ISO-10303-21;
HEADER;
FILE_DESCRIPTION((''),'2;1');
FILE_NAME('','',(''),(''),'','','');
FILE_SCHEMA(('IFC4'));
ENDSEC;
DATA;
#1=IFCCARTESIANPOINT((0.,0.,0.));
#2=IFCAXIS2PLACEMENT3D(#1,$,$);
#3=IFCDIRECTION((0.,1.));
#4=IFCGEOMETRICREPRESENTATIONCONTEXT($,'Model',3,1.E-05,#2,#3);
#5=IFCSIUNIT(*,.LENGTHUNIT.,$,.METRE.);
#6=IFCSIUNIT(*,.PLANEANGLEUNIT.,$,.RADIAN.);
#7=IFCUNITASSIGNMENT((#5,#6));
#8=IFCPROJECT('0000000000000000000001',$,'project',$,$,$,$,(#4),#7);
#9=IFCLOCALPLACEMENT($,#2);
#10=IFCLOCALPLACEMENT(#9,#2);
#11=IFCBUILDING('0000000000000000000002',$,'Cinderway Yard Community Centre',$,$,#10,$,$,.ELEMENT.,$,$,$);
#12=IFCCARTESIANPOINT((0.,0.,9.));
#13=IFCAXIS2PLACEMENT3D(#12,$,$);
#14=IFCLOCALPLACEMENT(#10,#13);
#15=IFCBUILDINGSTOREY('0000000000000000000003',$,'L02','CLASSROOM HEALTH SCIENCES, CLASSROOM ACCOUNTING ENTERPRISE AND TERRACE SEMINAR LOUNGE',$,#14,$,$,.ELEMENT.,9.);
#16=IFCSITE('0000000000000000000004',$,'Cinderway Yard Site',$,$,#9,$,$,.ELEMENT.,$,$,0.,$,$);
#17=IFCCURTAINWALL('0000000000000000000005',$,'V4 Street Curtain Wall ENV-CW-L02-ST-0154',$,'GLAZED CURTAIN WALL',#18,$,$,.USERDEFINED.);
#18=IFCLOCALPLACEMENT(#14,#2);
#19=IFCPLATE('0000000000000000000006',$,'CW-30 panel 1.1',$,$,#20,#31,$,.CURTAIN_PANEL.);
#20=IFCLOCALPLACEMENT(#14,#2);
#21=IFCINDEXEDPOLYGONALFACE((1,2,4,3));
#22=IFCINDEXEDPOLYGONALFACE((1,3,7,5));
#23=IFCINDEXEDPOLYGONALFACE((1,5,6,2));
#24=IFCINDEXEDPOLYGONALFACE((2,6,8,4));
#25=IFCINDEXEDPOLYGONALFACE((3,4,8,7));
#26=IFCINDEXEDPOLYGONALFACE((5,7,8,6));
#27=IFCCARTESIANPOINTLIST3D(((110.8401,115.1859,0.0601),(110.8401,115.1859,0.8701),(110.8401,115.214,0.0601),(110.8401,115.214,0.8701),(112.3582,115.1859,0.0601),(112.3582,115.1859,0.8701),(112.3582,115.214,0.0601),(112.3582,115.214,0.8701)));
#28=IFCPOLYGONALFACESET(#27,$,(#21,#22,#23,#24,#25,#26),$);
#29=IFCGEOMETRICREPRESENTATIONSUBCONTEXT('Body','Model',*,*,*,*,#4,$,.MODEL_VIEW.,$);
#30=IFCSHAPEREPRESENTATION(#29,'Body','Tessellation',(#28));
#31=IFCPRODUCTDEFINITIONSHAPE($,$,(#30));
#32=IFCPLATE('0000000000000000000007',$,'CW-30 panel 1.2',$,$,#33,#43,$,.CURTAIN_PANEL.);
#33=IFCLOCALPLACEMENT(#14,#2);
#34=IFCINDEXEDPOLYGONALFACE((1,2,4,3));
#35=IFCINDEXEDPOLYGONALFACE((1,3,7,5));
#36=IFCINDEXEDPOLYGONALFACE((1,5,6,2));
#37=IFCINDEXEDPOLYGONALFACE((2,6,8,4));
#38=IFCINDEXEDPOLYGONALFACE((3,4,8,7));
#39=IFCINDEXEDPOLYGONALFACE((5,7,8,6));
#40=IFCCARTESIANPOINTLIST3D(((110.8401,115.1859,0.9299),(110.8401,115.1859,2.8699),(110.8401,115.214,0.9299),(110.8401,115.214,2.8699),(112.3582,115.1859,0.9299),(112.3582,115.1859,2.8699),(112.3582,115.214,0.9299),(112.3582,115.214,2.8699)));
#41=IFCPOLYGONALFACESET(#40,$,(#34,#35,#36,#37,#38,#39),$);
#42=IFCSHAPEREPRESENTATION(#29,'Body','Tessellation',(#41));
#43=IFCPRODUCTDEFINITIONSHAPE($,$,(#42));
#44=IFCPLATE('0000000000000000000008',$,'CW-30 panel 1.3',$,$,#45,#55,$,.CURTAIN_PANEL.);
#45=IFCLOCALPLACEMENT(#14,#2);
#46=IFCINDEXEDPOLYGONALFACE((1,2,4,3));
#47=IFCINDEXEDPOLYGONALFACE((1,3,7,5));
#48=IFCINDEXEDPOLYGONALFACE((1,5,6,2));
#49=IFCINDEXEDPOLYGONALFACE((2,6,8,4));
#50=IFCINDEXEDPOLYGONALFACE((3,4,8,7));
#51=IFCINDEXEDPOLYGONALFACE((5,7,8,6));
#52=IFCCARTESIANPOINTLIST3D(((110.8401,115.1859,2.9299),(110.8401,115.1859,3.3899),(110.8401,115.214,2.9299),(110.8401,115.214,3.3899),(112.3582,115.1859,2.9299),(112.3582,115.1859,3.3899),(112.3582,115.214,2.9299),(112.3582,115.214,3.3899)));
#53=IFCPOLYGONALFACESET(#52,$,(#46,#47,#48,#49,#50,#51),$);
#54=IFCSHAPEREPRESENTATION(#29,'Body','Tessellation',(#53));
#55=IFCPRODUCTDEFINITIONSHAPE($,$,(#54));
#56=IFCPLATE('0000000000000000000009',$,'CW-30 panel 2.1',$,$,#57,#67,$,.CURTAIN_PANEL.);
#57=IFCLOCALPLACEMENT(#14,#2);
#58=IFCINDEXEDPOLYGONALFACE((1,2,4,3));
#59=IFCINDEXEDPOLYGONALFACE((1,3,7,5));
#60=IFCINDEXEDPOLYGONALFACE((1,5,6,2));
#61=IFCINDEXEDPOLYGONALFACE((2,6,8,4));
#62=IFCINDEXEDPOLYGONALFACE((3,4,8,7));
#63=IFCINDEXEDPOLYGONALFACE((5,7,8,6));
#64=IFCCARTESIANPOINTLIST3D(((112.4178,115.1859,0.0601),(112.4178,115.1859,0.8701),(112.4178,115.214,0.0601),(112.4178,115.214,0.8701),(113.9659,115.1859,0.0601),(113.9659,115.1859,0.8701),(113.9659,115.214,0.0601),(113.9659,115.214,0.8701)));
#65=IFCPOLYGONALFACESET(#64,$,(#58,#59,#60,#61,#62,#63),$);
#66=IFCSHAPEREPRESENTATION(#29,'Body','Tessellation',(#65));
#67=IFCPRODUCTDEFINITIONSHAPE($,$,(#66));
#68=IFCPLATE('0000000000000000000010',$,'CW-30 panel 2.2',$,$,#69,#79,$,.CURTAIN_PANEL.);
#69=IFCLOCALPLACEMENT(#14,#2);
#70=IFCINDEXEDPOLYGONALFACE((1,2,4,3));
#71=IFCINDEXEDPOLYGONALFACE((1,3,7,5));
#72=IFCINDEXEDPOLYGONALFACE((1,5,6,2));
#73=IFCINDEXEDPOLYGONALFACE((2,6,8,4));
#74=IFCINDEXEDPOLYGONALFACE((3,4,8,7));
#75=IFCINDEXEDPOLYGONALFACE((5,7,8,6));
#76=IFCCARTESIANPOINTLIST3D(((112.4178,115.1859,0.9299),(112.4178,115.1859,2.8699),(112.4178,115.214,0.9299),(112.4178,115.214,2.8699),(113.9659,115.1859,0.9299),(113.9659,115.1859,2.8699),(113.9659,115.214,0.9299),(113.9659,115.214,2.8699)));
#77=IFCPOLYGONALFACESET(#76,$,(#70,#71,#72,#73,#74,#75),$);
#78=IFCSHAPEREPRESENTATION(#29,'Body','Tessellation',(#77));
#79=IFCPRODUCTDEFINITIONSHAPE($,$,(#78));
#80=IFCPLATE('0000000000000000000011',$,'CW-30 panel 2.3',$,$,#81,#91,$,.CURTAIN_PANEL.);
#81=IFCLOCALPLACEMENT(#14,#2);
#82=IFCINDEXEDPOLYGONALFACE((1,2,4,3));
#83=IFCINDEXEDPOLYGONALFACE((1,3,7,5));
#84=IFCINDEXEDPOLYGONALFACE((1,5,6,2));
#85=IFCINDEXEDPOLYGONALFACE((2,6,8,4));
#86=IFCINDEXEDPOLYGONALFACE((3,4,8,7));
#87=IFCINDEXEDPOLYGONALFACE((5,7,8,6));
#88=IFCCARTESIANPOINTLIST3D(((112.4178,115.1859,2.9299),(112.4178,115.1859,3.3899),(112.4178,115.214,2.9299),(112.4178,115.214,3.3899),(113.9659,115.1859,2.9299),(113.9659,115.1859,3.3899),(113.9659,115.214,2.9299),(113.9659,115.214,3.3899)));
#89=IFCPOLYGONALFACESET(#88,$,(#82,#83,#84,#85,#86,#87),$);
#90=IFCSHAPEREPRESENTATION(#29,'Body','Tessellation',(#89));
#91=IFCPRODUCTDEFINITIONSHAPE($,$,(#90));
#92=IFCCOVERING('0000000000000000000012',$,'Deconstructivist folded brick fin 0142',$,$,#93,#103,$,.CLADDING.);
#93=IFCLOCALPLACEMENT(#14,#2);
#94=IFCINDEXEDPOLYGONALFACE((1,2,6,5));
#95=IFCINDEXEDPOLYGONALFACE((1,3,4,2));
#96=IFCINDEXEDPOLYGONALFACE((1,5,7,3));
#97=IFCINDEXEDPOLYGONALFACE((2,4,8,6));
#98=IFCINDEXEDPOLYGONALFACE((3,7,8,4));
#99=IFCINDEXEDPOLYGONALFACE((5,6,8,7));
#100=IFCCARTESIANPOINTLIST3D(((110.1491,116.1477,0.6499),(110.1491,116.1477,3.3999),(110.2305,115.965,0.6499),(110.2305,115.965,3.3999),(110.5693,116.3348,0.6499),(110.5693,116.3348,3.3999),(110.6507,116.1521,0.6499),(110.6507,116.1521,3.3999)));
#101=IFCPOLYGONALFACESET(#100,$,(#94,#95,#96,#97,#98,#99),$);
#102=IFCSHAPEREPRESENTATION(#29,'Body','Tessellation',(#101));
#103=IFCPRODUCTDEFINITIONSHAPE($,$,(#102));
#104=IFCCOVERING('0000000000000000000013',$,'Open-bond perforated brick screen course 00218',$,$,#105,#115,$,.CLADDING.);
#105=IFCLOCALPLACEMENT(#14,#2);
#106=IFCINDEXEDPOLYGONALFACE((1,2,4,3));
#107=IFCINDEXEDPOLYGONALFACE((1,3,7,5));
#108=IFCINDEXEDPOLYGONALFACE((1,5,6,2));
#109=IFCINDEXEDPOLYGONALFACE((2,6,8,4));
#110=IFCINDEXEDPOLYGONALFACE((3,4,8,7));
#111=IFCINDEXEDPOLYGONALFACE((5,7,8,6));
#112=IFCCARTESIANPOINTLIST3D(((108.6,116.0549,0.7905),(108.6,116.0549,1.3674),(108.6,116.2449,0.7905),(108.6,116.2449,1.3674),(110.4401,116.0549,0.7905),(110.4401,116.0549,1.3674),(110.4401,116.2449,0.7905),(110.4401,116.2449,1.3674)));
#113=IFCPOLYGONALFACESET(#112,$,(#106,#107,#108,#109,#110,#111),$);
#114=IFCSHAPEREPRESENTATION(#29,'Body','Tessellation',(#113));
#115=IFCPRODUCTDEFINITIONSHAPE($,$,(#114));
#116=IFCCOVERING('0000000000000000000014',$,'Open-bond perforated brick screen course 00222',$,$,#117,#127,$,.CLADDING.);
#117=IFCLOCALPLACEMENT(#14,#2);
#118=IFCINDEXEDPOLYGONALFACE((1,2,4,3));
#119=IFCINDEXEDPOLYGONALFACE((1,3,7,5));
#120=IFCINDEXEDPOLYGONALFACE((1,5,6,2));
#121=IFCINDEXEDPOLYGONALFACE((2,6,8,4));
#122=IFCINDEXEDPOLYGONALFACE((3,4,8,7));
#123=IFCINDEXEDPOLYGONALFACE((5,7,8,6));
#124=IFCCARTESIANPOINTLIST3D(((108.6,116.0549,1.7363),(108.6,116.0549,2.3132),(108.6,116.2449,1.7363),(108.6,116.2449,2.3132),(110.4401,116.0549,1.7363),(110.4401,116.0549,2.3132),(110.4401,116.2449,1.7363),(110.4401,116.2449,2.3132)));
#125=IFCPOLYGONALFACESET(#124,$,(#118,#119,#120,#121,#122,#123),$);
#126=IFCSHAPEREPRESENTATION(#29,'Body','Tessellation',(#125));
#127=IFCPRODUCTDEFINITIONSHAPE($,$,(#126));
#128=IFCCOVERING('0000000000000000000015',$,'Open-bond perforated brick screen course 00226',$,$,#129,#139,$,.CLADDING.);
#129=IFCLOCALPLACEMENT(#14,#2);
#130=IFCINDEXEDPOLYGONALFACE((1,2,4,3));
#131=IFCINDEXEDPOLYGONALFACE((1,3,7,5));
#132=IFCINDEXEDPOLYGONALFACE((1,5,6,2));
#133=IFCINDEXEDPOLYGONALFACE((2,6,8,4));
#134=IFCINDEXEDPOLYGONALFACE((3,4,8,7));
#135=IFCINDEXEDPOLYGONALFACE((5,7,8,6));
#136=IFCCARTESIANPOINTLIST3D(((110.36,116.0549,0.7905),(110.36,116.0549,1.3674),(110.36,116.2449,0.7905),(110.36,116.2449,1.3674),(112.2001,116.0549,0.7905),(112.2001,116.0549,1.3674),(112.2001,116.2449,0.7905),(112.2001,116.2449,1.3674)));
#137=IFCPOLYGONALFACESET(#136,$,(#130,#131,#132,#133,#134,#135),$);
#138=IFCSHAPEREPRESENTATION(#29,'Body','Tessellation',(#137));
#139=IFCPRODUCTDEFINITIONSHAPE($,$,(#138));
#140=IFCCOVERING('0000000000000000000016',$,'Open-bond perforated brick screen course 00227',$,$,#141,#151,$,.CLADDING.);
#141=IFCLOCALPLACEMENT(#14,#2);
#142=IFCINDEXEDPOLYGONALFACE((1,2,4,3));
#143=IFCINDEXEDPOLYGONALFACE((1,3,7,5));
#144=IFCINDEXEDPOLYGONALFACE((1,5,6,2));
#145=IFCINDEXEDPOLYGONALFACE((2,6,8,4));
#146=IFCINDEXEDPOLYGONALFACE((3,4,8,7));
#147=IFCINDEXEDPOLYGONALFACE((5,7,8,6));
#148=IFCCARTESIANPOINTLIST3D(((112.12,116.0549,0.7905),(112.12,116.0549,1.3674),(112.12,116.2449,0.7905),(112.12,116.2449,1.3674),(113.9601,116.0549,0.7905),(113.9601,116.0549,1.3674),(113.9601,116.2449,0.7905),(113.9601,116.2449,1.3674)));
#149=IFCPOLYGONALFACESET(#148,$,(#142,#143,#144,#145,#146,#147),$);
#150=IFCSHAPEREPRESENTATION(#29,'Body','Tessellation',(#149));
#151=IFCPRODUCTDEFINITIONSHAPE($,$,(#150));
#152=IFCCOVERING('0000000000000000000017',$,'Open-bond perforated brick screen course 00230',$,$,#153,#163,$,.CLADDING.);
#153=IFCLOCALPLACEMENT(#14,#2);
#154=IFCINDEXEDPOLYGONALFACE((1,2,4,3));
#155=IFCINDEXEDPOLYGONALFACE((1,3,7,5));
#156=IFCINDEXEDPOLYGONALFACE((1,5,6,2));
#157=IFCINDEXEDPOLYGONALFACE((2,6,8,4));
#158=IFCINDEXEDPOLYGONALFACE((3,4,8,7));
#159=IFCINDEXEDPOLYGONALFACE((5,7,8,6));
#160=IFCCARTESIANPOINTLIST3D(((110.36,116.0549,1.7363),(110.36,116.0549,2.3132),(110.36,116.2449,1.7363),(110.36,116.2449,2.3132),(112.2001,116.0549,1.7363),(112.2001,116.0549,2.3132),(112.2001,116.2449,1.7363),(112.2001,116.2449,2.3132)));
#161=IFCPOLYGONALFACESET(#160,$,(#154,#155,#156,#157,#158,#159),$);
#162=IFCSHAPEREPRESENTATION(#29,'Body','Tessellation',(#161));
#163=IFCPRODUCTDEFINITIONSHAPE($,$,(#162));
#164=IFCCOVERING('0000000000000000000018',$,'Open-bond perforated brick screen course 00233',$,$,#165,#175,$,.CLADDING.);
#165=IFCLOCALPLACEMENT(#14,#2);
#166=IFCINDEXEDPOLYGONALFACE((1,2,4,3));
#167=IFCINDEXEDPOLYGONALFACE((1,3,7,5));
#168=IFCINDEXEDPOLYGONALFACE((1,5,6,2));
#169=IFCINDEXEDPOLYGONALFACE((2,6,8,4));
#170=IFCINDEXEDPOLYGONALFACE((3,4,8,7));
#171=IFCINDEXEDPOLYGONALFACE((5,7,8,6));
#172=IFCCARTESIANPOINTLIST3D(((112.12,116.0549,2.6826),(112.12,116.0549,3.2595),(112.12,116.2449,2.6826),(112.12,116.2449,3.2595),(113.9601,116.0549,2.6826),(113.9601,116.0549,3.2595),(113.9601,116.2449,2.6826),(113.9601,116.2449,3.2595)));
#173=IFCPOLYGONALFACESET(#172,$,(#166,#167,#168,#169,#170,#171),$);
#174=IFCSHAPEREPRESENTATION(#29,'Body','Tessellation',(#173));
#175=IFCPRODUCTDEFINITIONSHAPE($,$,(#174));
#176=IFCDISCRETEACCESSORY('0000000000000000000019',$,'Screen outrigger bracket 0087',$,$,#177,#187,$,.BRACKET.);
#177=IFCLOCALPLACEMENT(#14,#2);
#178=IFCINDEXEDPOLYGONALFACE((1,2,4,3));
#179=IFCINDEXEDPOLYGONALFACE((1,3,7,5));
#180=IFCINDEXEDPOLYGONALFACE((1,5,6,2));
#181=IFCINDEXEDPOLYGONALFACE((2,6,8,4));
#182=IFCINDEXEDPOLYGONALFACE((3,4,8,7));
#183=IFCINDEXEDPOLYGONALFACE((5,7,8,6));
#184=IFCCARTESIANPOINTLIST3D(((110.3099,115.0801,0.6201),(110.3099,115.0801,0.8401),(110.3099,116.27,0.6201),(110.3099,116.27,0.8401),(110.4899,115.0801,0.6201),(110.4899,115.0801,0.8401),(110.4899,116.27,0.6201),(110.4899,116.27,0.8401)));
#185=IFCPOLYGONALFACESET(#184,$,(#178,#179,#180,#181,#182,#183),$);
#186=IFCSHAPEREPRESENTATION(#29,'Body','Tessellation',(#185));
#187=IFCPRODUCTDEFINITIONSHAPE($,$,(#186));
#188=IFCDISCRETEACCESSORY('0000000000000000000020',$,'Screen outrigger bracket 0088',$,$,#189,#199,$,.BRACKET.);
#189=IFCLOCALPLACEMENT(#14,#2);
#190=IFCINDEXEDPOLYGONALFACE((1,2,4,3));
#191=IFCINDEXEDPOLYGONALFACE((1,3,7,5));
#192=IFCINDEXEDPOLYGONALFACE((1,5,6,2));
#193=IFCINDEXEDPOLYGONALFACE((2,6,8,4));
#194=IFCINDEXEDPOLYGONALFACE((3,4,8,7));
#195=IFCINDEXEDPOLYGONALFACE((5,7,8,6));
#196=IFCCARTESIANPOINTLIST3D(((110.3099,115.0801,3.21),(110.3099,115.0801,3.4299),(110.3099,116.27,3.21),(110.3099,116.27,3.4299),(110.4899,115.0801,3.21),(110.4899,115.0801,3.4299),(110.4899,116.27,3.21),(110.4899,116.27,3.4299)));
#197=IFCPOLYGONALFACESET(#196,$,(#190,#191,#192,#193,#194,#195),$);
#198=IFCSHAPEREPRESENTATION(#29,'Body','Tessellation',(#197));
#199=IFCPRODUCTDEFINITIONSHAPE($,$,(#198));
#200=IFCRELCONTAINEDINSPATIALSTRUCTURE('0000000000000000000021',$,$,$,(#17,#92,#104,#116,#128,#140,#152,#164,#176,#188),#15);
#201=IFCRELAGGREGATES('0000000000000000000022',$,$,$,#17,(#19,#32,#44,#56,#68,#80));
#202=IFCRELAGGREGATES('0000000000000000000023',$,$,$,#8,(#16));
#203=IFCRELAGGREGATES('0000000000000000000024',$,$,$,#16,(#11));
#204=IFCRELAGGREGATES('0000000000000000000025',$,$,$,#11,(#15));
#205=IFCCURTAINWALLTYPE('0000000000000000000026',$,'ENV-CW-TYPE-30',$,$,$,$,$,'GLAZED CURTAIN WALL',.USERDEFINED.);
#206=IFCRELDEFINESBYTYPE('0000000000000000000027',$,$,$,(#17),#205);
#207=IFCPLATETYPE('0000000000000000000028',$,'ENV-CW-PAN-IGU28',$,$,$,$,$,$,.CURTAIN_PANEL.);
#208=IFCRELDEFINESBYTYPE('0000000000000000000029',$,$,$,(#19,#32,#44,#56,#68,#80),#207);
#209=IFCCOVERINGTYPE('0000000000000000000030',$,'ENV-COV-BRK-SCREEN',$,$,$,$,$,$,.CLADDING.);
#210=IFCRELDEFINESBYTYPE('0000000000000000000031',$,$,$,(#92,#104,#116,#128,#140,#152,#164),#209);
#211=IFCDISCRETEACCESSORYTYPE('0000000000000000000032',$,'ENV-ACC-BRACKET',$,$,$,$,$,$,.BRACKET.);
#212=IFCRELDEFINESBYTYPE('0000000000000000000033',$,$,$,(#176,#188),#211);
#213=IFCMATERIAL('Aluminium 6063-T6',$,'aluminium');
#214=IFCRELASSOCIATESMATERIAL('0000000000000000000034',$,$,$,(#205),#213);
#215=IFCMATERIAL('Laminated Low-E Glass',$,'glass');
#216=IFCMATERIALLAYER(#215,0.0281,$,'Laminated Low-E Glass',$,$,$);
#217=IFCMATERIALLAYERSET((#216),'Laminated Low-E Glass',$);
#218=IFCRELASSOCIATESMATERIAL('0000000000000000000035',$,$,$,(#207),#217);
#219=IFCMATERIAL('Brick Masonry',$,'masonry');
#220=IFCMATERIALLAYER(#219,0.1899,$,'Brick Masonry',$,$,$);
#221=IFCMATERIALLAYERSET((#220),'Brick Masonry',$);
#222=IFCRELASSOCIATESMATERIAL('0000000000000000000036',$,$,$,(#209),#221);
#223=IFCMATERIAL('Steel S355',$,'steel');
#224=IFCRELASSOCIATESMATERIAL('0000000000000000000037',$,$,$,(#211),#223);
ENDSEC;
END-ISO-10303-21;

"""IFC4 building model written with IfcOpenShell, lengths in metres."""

from ifc_helpers import new_model, si_unit, direction, frame, origin, origin_2d, place, context, subcontext, project, spatial, rectangle, extrude, material, layer, layer_set, type_object, element, aggregate, save


model = new_model("IFC4")

# Units and contexts
model_context = context("Model", 3, precision=1e-05, world=origin(), true_north=direction((0.0, 1.0)))
body_context = subcontext(model_context, "Body", "Model", "MODEL_VIEW")
ifc_project = project(units=[si_unit("LENGTHUNIT", "METRE"), si_unit("PLANEANGLEUNIT", "RADIAN")], contexts=[model_context])

# Site, building, storey
site_placement = place(None, origin())
site = spatial("IfcSite", under=ifc_project, at=site_placement, Name="Cinderway Yard Site", CompositionType="ELEMENT", RefElevation=0.0)
building_placement = place(site_placement, origin())
building = spatial("IfcBuilding", under=site, at=building_placement, Name="Cinderway Yard Community Centre", CompositionType="ELEMENT")
storey_placement = place(building_placement, frame((0.0, 0.0, 9.0)))
storey = spatial("IfcBuildingStorey", under=building, at=storey_placement, Name="L02", Description="CLASSROOM HEALTH SCIENCES, CLASSROOM ACCOUNTING ENTERPRISE AND TERRACE SEMINAR LOUNGE", CompositionType="ELEMENT", Elevation=9.0)

# Curtain wall
ifc_material_1 = material(Name="Aluminium 6063-T6", Category="aluminium")
curtain_wall_type = type_object("IfcCurtainWallType", Name="ENV-CW-TYPE-30", ElementType="GLAZED CURTAIN WALL", PredefinedType="USERDEFINED", material=ifc_material_1)
curtain_wall_placement = place(storey_placement, origin())
curtain_wall = element("IfcCurtainWall", 1, at=curtain_wall_placement, inside=storey, type_object=curtain_wall_type, Name="V4 Street Curtain Wall ENV-CW-L02-ST-0154", ObjectType="GLAZED CURTAIN WALL", PredefinedType="USERDEFINED")

# Shared definitions
ifc_material_2 = material(Name="Steel S355", Category="steel")

# Plates
ifc_material_3 = material(Name="Laminated Low-E Glass", Category="glass")
ifc_layer_1 = layer(ifc_material_3, 0.0281, Name="Laminated Low-E Glass")
ifc_layer_set_1 = layer_set([ifc_layer_1], Name="Laminated Low-E Glass")
plate_type = type_object("IfcPlateType", Name="ENV-CW-PAN-IGU28", PredefinedType="CURTAIN_PANEL", material=ifc_layer_set_1)
plate_1_placement = place(storey_placement, frame((111.5991, 115.2, 0.0601), z_axis=(0.0, 0.0, 1.0), x_axis=(1.0, 0.0, 0.0)))
plate_1 = element("IfcPlate", 2, at=plate_1_placement, type_object=plate_type, Name="CW-30 panel 1.1", PredefinedType="CURTAIN_PANEL", context=body_context, shape_type="SweptSolid", body=[
    extrude(rectangle(XDim=1.5181, YDim=0.0281, at=origin_2d()), origin(), (0.0, 0.0, 1.0), 0.8101),
])
plate_2_placement = place(storey_placement, frame((111.5991, 115.2, 0.9299), z_axis=(0.0, 0.0, 1.0), x_axis=(1.0, 0.0, 0.0)))
plate_2 = element("IfcPlate", 3, at=plate_2_placement, type_object=plate_type, Name="CW-30 panel 1.2", PredefinedType="CURTAIN_PANEL", context=body_context, shape_type="SweptSolid", body=[
    extrude(rectangle(XDim=1.5181, YDim=0.0281, at=origin_2d()), origin(), (0.0, 0.0, 1.0), 1.9399),
])
plate_3_placement = place(storey_placement, frame((111.5991, 115.2, 2.9299), z_axis=(0.0, 0.0, 1.0), x_axis=(1.0, 0.0, 0.0)))
plate_3 = element("IfcPlate", 4, at=plate_3_placement, type_object=plate_type, Name="CW-30 panel 1.3", PredefinedType="CURTAIN_PANEL", context=body_context, shape_type="SweptSolid", body=[
    extrude(rectangle(XDim=1.5181, YDim=0.0281, at=origin_2d()), origin(), (0.0, 0.0, 1.0), 0.46),
])
plate_4_placement = place(storey_placement, frame((113.1919, 115.2, 0.0601), z_axis=(0.0, 0.0, 1.0), x_axis=(1.0, 0.0, 0.0)))
plate_4 = element("IfcPlate", 5, at=plate_4_placement, type_object=plate_type, Name="CW-30 panel 2.1", PredefinedType="CURTAIN_PANEL", context=body_context, shape_type="SweptSolid", body=[
    extrude(rectangle(XDim=1.5481, YDim=0.0281, at=origin_2d()), origin(), (0.0, 0.0, 1.0), 0.8101),
])
plate_5_placement = place(storey_placement, frame((113.1919, 115.2, 0.9299), z_axis=(0.0, 0.0, 1.0), x_axis=(1.0, 0.0, 0.0)))
plate_5 = element("IfcPlate", 6, at=plate_5_placement, type_object=plate_type, Name="CW-30 panel 2.2", PredefinedType="CURTAIN_PANEL", context=body_context, shape_type="SweptSolid", body=[
    extrude(rectangle(XDim=1.5481, YDim=0.0281, at=origin_2d()), origin(), (0.0, 0.0, 1.0), 1.9399),
])
plate_6_placement = place(storey_placement, frame((113.1919, 115.2, 2.9299), z_axis=(0.0, 0.0, 1.0), x_axis=(1.0, 0.0, 0.0)))
plate_6 = element("IfcPlate", 7, at=plate_6_placement, type_object=plate_type, Name="CW-30 panel 2.3", PredefinedType="CURTAIN_PANEL", context=body_context, shape_type="SweptSolid", body=[
    extrude(rectangle(XDim=1.5481, YDim=0.0281, at=origin_2d()), origin(), (0.0, 0.0, 1.0), 0.46),
])
aggregate(curtain_wall, [plate_1, plate_2, plate_3, plate_4, plate_5, plate_6])

# Coverings
ifc_material_4 = material(Name="Brick Masonry", Category="masonry")
ifc_layer_2 = layer(ifc_material_4, 0.1899, Name="Brick Masonry")
ifc_layer_set_2 = layer_set([ifc_layer_2], Name="Brick Masonry")
covering_type = type_object("IfcCoveringType", Name="ENV-COV-BRK-SCREEN", PredefinedType="CLADDING", material=ifc_layer_set_2)
covering_placement = place(storey_placement, frame((110.3999, 116.1499, 0.6499), z_axis=(0.0, 0.0, 1.0), x_axis=(0.913545, 0.406737, 0.0)))
element("IfcCovering", 8, at=covering_placement, inside=storey, type_object=covering_type, Name="Deconstructivist folded brick fin 0142", PredefinedType="CLADDING", context=body_context, shape_type="SweptSolid", body=[
    extrude(rectangle(XDim=0.46, YDim=0.2, at=origin_2d()), origin(), (0.0, 0.0, 1.0), 2.75),
])
for number, where, z_axis, x_axis, name in (
    (9, (109.52, 116.1499, 0.7905), (0.0, 0.0, 1.0), (1.0, 0.0, 0.0), "Open-bond perforated brick screen course 00218"),
    (10, (109.52, 116.1499, 1.7363), (0.0, 0.0, 1.0), (1.0, 0.0, 0.0), "Open-bond perforated brick screen course 00222"),
    (11, (111.28, 116.1499, 0.7905), (0.0, 0.0, 1.0), (1.0, 0.0, 0.0), "Open-bond perforated brick screen course 00226"),
    (12, (113.04, 116.1499, 0.7905), (0.0, 0.0, 1.0), (1.0, 0.0, 0.0), "Open-bond perforated brick screen course 00227"),
    (13, (111.28, 116.1499, 1.7363), (0.0, 0.0, 1.0), (1.0, 0.0, 0.0), "Open-bond perforated brick screen course 00230"),
    (14, (113.04, 116.1499, 2.6826), (0.0, 0.0, 1.0), (1.0, 0.0, 0.0), "Open-bond perforated brick screen course 00233"),
):
    element("IfcCovering", number, at=place(storey_placement, frame(where, z_axis=z_axis, x_axis=x_axis)), inside=storey, type_object=covering_type, Name=name, PredefinedType="CLADDING", context=body_context, shape_type="SweptSolid", body=[
        extrude(rectangle(XDim=1.8401, YDim=0.1899, at=origin_2d()), origin(), (0.0, 0.0, 1.0), 0.5769),
    ])

# Discrete accessories
discrete_accessory_type = type_object("IfcDiscreteAccessoryType", Name="ENV-ACC-BRACKET", PredefinedType="BRACKET", material=ifc_material_2)
for number, where, z_axis, x_axis, name in (
    (15, (110.3999, 115.675, 0.6201), (0.0, 0.0, 1.0), (0.0, 1.0, 0.0), "Screen outrigger bracket 0087"),
    (16, (110.3999, 115.675, 3.21), (0.0, 0.0, 1.0), (0.0, 1.0, 0.0), "Screen outrigger bracket 0088"),
):
    element("IfcDiscreteAccessory", number, at=place(storey_placement, frame(where, z_axis=z_axis, x_axis=x_axis)), inside=storey, type_object=discrete_accessory_type, Name=name, PredefinedType="BRACKET", context=body_context, shape_type="SweptSolid", body=[
        extrude(rectangle(XDim=1.1899, YDim=0.1799, at=origin_2d()), origin(), (0.0, 0.0, 1.0), 0.22),
    ])

save(model, "model.ifc")
